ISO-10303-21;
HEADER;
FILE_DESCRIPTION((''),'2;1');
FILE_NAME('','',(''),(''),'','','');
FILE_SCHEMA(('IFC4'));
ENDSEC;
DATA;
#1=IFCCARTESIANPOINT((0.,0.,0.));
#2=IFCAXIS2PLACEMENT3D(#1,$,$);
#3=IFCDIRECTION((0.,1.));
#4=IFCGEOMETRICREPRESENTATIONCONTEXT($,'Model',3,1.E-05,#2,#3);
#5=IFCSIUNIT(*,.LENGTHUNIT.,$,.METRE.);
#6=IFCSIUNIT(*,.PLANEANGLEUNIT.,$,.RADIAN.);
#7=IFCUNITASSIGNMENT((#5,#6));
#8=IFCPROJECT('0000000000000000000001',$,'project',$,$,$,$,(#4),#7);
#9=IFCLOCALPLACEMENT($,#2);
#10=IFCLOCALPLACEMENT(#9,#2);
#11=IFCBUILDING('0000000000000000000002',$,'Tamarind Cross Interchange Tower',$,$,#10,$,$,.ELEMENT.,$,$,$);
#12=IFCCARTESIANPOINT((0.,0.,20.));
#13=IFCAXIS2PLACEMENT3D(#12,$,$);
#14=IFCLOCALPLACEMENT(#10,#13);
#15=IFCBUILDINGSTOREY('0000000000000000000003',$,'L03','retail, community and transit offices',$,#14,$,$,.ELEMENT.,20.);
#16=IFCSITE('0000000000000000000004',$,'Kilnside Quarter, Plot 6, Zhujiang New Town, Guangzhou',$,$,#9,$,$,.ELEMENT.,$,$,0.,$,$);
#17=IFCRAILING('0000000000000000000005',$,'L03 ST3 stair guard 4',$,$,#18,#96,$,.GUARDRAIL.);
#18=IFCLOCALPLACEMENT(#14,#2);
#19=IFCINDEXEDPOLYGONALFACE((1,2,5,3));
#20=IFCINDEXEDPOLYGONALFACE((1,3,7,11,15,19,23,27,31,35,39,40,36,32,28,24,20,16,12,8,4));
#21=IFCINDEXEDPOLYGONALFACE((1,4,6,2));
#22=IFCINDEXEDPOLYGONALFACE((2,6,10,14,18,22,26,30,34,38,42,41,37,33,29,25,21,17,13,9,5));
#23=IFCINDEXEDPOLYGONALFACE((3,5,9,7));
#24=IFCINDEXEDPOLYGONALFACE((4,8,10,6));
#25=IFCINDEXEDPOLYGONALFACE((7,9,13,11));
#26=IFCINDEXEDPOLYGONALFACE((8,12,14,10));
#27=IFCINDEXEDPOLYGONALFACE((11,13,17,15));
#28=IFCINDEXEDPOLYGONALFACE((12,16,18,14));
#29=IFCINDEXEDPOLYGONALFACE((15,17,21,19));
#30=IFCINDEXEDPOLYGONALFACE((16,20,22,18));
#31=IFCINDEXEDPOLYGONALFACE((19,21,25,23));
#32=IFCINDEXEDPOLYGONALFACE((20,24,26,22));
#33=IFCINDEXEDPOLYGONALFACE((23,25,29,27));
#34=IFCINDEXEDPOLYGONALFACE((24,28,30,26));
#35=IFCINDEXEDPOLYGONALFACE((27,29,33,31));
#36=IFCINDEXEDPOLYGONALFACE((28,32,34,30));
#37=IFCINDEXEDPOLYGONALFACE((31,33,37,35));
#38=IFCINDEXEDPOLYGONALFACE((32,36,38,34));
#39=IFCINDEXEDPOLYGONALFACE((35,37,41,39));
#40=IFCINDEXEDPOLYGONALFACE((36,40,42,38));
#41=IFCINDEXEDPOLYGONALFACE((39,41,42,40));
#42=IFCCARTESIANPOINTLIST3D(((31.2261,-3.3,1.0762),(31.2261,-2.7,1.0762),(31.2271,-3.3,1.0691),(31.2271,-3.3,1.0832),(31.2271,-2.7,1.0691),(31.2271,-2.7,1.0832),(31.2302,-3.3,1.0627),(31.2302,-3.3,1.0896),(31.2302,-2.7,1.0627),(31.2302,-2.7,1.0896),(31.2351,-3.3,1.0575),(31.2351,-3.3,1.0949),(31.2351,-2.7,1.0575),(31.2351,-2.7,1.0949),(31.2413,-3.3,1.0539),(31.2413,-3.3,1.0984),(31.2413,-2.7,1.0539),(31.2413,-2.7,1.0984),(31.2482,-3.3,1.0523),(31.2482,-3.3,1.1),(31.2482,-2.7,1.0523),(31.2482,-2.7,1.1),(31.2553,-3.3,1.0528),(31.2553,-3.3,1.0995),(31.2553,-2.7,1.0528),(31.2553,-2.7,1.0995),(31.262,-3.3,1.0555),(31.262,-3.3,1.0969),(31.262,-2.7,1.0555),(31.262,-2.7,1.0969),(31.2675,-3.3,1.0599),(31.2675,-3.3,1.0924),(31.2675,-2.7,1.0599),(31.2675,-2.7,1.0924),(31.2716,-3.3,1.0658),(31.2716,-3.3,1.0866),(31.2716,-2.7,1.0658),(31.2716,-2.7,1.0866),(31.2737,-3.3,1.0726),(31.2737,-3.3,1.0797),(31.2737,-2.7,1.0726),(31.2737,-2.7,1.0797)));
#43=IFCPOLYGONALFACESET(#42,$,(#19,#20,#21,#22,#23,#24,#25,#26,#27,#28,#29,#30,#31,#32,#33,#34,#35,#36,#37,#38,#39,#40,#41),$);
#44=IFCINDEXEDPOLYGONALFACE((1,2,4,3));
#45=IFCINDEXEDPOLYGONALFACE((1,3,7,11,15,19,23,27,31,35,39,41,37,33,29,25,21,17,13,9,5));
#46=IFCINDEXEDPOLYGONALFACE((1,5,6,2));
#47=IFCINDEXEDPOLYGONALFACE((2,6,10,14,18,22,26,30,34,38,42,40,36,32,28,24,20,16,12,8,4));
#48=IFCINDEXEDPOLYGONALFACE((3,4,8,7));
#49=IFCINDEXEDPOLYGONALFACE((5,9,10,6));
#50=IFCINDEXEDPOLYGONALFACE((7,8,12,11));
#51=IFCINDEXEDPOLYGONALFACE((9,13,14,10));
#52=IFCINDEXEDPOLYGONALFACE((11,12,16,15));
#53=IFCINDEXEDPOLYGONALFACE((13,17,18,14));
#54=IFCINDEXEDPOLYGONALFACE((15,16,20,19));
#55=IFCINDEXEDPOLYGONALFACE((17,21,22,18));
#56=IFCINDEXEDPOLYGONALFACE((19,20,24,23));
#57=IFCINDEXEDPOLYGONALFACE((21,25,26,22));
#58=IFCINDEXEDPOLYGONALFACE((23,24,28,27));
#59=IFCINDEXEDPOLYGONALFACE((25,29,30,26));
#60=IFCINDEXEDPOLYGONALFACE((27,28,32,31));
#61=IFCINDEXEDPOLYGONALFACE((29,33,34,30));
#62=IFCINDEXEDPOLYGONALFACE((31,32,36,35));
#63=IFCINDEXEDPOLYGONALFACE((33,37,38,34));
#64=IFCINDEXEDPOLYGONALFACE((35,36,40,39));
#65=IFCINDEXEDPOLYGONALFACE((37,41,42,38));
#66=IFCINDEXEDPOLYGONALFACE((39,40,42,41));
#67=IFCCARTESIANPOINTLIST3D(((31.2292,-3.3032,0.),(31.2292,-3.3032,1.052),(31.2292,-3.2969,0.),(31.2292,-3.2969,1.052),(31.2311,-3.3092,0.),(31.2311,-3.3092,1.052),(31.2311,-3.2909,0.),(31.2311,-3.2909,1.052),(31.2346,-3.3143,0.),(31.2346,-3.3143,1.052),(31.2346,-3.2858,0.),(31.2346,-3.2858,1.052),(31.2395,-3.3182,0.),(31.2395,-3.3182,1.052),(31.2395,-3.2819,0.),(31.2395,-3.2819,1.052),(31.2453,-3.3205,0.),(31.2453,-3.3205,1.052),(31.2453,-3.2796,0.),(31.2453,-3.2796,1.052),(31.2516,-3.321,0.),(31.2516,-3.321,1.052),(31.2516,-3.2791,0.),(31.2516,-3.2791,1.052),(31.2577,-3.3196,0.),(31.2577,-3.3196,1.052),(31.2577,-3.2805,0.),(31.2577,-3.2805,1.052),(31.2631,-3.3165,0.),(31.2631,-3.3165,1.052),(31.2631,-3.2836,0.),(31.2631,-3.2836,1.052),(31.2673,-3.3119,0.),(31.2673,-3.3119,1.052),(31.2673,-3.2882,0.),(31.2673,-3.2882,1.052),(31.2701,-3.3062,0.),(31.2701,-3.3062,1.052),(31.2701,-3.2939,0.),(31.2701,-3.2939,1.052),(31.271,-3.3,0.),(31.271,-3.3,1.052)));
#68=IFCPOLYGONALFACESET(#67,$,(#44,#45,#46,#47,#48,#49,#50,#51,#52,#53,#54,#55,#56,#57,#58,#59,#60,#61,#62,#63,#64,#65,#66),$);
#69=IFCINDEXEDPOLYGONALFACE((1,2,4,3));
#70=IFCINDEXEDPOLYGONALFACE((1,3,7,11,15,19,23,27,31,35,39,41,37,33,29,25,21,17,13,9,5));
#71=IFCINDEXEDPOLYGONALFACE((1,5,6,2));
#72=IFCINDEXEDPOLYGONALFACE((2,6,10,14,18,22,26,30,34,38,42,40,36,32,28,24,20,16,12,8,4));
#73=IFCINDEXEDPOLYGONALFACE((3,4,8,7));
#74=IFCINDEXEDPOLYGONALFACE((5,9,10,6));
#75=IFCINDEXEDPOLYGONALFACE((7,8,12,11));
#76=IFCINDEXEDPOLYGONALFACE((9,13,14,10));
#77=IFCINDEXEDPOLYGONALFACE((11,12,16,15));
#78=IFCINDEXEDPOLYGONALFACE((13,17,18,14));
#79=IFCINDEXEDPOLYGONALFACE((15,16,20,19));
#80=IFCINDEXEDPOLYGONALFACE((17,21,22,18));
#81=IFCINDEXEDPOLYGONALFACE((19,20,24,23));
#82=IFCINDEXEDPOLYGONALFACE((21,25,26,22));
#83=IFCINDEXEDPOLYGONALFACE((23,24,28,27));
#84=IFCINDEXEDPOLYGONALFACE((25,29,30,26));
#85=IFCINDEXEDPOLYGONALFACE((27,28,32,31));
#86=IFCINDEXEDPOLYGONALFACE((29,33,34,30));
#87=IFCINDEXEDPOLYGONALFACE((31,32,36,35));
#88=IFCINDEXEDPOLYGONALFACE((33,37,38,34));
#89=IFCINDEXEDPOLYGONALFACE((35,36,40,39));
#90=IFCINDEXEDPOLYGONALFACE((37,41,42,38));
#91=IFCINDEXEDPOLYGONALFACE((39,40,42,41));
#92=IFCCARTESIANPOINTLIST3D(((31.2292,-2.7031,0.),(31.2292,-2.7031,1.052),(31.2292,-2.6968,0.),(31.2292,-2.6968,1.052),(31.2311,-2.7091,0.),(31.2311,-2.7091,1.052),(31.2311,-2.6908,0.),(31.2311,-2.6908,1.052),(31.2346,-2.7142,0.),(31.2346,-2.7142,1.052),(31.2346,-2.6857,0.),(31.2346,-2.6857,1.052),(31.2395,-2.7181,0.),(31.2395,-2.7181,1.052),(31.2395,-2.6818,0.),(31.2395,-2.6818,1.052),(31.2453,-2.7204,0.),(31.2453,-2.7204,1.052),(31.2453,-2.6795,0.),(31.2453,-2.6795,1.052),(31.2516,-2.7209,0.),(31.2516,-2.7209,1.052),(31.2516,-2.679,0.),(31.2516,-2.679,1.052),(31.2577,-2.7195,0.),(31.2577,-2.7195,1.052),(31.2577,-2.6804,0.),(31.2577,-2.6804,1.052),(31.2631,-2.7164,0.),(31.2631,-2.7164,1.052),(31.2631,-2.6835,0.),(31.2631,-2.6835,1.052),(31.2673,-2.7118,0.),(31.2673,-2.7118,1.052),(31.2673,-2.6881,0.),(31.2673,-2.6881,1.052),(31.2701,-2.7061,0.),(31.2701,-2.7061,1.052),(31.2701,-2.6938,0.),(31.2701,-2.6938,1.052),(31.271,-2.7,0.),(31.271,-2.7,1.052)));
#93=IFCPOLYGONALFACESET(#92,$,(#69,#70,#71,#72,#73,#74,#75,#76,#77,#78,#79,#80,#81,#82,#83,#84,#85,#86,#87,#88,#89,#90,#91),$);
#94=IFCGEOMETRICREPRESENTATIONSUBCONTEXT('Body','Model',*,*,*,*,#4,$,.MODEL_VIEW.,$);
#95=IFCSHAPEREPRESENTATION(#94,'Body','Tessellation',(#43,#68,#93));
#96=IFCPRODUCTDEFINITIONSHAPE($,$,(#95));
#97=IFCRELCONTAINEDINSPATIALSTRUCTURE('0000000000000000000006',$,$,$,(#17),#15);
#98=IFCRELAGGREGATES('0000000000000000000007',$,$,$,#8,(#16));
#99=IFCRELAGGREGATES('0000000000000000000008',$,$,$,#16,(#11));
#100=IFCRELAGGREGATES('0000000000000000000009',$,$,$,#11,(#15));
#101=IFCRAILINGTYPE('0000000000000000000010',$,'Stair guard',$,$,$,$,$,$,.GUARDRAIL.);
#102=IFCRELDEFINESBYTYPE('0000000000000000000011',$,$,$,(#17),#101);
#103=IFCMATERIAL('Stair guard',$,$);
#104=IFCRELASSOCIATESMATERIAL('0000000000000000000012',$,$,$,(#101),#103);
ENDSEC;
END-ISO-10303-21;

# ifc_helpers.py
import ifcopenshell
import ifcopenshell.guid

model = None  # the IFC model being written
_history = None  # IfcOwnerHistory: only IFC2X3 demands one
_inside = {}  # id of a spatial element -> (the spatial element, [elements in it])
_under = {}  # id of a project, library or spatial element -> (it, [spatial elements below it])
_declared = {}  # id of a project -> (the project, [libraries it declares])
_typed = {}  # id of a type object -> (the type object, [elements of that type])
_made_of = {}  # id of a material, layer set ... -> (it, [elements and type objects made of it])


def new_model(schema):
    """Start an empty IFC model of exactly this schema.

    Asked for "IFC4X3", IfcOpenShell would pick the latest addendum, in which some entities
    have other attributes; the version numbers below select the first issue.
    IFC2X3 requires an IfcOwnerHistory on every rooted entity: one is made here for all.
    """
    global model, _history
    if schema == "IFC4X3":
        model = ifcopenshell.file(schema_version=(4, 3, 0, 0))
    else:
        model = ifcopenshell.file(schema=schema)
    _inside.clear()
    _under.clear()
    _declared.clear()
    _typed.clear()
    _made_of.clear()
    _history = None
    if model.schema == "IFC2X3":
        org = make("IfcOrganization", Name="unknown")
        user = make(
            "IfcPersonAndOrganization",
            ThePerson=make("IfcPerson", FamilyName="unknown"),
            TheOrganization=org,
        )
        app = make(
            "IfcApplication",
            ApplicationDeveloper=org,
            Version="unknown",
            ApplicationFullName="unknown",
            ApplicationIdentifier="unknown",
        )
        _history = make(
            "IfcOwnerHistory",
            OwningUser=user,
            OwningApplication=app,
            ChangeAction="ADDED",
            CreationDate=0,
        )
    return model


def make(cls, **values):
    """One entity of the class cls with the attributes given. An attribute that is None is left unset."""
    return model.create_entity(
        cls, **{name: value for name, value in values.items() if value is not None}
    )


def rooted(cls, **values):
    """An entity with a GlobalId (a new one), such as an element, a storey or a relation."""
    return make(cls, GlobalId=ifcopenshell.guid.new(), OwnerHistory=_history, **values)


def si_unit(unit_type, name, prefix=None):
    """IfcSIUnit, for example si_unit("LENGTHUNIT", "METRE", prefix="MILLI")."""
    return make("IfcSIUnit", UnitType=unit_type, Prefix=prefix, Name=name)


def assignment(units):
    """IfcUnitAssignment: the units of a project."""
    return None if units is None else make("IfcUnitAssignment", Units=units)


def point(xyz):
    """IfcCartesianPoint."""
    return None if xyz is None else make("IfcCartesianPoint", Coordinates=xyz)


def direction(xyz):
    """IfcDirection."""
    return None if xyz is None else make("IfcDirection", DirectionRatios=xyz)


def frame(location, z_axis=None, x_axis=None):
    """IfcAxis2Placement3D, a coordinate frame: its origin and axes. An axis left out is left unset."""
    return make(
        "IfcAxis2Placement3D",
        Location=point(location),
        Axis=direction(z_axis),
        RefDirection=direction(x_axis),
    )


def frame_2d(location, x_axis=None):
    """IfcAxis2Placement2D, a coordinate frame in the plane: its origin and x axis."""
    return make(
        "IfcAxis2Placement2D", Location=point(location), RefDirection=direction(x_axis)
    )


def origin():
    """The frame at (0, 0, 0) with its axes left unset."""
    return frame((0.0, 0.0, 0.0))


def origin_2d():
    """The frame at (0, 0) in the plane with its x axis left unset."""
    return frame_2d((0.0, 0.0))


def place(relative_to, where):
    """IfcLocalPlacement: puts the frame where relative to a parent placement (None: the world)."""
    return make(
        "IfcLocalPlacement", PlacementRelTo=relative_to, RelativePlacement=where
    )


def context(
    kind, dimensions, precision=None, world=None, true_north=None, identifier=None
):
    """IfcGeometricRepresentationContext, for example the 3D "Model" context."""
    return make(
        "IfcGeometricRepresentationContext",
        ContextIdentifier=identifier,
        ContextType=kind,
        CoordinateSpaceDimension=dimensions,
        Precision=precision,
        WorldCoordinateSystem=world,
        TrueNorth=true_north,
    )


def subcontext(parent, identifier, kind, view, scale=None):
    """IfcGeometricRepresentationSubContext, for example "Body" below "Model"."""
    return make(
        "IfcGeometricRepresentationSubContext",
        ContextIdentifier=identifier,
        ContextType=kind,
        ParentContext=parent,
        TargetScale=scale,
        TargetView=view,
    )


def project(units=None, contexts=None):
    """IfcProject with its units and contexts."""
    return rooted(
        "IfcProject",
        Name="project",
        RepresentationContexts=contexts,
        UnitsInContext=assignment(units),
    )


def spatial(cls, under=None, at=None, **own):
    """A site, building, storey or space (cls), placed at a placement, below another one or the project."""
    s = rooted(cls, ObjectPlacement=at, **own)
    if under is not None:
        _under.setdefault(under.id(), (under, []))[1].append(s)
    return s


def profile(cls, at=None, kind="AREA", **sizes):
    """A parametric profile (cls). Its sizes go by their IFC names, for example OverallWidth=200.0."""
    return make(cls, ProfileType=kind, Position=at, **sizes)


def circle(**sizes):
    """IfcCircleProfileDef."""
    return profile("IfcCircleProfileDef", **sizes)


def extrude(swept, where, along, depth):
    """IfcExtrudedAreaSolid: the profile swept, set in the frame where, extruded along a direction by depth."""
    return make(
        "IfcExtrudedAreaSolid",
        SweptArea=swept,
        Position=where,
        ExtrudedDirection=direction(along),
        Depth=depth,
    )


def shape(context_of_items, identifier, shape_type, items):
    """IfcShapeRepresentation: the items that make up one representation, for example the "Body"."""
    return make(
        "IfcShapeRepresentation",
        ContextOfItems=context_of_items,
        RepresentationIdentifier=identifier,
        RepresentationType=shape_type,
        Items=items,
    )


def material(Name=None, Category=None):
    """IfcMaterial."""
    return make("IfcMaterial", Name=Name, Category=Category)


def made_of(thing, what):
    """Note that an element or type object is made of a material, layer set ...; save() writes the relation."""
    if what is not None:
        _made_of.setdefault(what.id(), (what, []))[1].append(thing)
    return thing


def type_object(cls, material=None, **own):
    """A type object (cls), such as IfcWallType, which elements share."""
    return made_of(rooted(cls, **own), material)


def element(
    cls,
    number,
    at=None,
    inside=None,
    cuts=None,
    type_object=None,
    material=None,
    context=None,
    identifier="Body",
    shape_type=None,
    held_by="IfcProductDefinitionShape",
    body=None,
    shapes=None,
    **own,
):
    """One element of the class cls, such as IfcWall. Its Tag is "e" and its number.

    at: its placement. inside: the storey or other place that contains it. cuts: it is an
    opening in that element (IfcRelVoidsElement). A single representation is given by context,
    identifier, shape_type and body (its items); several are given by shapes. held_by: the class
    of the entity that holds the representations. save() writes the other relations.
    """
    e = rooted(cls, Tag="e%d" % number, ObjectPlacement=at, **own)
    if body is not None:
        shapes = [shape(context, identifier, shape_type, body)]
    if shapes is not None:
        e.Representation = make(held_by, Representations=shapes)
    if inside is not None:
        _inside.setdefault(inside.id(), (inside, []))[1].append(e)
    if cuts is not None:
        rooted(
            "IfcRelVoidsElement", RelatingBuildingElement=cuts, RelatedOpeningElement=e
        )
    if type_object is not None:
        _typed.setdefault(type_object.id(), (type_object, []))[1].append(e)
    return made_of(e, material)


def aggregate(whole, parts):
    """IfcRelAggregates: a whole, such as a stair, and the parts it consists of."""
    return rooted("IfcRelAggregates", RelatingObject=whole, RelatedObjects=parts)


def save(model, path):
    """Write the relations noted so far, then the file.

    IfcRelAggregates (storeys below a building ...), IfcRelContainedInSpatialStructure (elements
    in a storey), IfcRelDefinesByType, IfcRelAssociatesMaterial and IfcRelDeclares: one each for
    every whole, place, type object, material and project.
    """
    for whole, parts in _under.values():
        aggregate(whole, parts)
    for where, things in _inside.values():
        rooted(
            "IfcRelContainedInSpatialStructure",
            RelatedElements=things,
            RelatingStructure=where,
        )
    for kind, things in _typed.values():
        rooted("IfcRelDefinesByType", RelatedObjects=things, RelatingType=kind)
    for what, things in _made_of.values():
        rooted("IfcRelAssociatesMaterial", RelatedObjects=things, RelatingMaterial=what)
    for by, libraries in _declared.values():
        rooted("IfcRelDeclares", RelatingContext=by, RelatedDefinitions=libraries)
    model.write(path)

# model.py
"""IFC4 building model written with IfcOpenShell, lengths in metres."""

from ifc_helpers import new_model, si_unit, direction, frame, origin, origin_2d, place, context, subcontext, project, spatial, circle, extrude, material, type_object, element, save


model = new_model("IFC4")

# Units and contexts
model_context = context("Model", 3, precision=1e-05, world=origin(), true_north=direction((0.0, 1.0)))
body_context = subcontext(model_context, "Body", "Model", "MODEL_VIEW")
ifc_project = project(units=[si_unit("LENGTHUNIT", "METRE"), si_unit("PLANEANGLEUNIT", "RADIAN")], contexts=[model_context])

# Site, building, storey
site_placement = place(None, origin())
site = spatial("IfcSite", under=ifc_project, at=site_placement, Name="Kilnside Quarter, Plot 6, Zhujiang New Town, Guangzhou", CompositionType="ELEMENT", RefElevation=0.0)
building_placement = place(site_placement, origin())
building = spatial("IfcBuilding", under=site, at=building_placement, Name="Tamarind Cross Interchange Tower", CompositionType="ELEMENT")
storey_placement = place(building_placement, frame((0.0, 0.0, 20.0)))
storey = spatial("IfcBuildingStorey", under=building, at=storey_placement, Name="L03", Description="retail, community and transit offices", CompositionType="ELEMENT", Elevation=20.0)

# Railing
ifc_material_1 = material(Name="Stair guard")
railing_type_1 = type_object("IfcRailingType", Name="Stair guard", PredefinedType="GUARDRAIL", material=ifc_material_1)
railing_1_placement = place(storey_placement, frame((31.25, -3.3, 0.0)))
element("IfcRailing", 1, at=railing_1_placement, inside=storey, type_object=railing_type_1, Name="L03 ST3 stair guard 4", PredefinedType="GUARDRAIL", context=body_context, shape_type="SweptSolid", body=[
    extrude(circle(Radius=0.0239, at=origin_2d()), frame((0.0, 0.0, 1.0762), z_axis=(0.0, 1.0, 0.0), x_axis=(-1.0, 0.0, 0.0)), (0.0, 0.0, 1.0), 0.6001),
    extrude(circle(Radius=0.021, at=origin_2d()), origin(), (0.0, 0.0, 1.0), 1.052),
    extrude(circle(Radius=0.021, at=origin_2d()), frame((0.0, 0.6001, 0.0)), (0.0, 0.0, 1.0), 1.052),
])

save(model, "model.ifc")
